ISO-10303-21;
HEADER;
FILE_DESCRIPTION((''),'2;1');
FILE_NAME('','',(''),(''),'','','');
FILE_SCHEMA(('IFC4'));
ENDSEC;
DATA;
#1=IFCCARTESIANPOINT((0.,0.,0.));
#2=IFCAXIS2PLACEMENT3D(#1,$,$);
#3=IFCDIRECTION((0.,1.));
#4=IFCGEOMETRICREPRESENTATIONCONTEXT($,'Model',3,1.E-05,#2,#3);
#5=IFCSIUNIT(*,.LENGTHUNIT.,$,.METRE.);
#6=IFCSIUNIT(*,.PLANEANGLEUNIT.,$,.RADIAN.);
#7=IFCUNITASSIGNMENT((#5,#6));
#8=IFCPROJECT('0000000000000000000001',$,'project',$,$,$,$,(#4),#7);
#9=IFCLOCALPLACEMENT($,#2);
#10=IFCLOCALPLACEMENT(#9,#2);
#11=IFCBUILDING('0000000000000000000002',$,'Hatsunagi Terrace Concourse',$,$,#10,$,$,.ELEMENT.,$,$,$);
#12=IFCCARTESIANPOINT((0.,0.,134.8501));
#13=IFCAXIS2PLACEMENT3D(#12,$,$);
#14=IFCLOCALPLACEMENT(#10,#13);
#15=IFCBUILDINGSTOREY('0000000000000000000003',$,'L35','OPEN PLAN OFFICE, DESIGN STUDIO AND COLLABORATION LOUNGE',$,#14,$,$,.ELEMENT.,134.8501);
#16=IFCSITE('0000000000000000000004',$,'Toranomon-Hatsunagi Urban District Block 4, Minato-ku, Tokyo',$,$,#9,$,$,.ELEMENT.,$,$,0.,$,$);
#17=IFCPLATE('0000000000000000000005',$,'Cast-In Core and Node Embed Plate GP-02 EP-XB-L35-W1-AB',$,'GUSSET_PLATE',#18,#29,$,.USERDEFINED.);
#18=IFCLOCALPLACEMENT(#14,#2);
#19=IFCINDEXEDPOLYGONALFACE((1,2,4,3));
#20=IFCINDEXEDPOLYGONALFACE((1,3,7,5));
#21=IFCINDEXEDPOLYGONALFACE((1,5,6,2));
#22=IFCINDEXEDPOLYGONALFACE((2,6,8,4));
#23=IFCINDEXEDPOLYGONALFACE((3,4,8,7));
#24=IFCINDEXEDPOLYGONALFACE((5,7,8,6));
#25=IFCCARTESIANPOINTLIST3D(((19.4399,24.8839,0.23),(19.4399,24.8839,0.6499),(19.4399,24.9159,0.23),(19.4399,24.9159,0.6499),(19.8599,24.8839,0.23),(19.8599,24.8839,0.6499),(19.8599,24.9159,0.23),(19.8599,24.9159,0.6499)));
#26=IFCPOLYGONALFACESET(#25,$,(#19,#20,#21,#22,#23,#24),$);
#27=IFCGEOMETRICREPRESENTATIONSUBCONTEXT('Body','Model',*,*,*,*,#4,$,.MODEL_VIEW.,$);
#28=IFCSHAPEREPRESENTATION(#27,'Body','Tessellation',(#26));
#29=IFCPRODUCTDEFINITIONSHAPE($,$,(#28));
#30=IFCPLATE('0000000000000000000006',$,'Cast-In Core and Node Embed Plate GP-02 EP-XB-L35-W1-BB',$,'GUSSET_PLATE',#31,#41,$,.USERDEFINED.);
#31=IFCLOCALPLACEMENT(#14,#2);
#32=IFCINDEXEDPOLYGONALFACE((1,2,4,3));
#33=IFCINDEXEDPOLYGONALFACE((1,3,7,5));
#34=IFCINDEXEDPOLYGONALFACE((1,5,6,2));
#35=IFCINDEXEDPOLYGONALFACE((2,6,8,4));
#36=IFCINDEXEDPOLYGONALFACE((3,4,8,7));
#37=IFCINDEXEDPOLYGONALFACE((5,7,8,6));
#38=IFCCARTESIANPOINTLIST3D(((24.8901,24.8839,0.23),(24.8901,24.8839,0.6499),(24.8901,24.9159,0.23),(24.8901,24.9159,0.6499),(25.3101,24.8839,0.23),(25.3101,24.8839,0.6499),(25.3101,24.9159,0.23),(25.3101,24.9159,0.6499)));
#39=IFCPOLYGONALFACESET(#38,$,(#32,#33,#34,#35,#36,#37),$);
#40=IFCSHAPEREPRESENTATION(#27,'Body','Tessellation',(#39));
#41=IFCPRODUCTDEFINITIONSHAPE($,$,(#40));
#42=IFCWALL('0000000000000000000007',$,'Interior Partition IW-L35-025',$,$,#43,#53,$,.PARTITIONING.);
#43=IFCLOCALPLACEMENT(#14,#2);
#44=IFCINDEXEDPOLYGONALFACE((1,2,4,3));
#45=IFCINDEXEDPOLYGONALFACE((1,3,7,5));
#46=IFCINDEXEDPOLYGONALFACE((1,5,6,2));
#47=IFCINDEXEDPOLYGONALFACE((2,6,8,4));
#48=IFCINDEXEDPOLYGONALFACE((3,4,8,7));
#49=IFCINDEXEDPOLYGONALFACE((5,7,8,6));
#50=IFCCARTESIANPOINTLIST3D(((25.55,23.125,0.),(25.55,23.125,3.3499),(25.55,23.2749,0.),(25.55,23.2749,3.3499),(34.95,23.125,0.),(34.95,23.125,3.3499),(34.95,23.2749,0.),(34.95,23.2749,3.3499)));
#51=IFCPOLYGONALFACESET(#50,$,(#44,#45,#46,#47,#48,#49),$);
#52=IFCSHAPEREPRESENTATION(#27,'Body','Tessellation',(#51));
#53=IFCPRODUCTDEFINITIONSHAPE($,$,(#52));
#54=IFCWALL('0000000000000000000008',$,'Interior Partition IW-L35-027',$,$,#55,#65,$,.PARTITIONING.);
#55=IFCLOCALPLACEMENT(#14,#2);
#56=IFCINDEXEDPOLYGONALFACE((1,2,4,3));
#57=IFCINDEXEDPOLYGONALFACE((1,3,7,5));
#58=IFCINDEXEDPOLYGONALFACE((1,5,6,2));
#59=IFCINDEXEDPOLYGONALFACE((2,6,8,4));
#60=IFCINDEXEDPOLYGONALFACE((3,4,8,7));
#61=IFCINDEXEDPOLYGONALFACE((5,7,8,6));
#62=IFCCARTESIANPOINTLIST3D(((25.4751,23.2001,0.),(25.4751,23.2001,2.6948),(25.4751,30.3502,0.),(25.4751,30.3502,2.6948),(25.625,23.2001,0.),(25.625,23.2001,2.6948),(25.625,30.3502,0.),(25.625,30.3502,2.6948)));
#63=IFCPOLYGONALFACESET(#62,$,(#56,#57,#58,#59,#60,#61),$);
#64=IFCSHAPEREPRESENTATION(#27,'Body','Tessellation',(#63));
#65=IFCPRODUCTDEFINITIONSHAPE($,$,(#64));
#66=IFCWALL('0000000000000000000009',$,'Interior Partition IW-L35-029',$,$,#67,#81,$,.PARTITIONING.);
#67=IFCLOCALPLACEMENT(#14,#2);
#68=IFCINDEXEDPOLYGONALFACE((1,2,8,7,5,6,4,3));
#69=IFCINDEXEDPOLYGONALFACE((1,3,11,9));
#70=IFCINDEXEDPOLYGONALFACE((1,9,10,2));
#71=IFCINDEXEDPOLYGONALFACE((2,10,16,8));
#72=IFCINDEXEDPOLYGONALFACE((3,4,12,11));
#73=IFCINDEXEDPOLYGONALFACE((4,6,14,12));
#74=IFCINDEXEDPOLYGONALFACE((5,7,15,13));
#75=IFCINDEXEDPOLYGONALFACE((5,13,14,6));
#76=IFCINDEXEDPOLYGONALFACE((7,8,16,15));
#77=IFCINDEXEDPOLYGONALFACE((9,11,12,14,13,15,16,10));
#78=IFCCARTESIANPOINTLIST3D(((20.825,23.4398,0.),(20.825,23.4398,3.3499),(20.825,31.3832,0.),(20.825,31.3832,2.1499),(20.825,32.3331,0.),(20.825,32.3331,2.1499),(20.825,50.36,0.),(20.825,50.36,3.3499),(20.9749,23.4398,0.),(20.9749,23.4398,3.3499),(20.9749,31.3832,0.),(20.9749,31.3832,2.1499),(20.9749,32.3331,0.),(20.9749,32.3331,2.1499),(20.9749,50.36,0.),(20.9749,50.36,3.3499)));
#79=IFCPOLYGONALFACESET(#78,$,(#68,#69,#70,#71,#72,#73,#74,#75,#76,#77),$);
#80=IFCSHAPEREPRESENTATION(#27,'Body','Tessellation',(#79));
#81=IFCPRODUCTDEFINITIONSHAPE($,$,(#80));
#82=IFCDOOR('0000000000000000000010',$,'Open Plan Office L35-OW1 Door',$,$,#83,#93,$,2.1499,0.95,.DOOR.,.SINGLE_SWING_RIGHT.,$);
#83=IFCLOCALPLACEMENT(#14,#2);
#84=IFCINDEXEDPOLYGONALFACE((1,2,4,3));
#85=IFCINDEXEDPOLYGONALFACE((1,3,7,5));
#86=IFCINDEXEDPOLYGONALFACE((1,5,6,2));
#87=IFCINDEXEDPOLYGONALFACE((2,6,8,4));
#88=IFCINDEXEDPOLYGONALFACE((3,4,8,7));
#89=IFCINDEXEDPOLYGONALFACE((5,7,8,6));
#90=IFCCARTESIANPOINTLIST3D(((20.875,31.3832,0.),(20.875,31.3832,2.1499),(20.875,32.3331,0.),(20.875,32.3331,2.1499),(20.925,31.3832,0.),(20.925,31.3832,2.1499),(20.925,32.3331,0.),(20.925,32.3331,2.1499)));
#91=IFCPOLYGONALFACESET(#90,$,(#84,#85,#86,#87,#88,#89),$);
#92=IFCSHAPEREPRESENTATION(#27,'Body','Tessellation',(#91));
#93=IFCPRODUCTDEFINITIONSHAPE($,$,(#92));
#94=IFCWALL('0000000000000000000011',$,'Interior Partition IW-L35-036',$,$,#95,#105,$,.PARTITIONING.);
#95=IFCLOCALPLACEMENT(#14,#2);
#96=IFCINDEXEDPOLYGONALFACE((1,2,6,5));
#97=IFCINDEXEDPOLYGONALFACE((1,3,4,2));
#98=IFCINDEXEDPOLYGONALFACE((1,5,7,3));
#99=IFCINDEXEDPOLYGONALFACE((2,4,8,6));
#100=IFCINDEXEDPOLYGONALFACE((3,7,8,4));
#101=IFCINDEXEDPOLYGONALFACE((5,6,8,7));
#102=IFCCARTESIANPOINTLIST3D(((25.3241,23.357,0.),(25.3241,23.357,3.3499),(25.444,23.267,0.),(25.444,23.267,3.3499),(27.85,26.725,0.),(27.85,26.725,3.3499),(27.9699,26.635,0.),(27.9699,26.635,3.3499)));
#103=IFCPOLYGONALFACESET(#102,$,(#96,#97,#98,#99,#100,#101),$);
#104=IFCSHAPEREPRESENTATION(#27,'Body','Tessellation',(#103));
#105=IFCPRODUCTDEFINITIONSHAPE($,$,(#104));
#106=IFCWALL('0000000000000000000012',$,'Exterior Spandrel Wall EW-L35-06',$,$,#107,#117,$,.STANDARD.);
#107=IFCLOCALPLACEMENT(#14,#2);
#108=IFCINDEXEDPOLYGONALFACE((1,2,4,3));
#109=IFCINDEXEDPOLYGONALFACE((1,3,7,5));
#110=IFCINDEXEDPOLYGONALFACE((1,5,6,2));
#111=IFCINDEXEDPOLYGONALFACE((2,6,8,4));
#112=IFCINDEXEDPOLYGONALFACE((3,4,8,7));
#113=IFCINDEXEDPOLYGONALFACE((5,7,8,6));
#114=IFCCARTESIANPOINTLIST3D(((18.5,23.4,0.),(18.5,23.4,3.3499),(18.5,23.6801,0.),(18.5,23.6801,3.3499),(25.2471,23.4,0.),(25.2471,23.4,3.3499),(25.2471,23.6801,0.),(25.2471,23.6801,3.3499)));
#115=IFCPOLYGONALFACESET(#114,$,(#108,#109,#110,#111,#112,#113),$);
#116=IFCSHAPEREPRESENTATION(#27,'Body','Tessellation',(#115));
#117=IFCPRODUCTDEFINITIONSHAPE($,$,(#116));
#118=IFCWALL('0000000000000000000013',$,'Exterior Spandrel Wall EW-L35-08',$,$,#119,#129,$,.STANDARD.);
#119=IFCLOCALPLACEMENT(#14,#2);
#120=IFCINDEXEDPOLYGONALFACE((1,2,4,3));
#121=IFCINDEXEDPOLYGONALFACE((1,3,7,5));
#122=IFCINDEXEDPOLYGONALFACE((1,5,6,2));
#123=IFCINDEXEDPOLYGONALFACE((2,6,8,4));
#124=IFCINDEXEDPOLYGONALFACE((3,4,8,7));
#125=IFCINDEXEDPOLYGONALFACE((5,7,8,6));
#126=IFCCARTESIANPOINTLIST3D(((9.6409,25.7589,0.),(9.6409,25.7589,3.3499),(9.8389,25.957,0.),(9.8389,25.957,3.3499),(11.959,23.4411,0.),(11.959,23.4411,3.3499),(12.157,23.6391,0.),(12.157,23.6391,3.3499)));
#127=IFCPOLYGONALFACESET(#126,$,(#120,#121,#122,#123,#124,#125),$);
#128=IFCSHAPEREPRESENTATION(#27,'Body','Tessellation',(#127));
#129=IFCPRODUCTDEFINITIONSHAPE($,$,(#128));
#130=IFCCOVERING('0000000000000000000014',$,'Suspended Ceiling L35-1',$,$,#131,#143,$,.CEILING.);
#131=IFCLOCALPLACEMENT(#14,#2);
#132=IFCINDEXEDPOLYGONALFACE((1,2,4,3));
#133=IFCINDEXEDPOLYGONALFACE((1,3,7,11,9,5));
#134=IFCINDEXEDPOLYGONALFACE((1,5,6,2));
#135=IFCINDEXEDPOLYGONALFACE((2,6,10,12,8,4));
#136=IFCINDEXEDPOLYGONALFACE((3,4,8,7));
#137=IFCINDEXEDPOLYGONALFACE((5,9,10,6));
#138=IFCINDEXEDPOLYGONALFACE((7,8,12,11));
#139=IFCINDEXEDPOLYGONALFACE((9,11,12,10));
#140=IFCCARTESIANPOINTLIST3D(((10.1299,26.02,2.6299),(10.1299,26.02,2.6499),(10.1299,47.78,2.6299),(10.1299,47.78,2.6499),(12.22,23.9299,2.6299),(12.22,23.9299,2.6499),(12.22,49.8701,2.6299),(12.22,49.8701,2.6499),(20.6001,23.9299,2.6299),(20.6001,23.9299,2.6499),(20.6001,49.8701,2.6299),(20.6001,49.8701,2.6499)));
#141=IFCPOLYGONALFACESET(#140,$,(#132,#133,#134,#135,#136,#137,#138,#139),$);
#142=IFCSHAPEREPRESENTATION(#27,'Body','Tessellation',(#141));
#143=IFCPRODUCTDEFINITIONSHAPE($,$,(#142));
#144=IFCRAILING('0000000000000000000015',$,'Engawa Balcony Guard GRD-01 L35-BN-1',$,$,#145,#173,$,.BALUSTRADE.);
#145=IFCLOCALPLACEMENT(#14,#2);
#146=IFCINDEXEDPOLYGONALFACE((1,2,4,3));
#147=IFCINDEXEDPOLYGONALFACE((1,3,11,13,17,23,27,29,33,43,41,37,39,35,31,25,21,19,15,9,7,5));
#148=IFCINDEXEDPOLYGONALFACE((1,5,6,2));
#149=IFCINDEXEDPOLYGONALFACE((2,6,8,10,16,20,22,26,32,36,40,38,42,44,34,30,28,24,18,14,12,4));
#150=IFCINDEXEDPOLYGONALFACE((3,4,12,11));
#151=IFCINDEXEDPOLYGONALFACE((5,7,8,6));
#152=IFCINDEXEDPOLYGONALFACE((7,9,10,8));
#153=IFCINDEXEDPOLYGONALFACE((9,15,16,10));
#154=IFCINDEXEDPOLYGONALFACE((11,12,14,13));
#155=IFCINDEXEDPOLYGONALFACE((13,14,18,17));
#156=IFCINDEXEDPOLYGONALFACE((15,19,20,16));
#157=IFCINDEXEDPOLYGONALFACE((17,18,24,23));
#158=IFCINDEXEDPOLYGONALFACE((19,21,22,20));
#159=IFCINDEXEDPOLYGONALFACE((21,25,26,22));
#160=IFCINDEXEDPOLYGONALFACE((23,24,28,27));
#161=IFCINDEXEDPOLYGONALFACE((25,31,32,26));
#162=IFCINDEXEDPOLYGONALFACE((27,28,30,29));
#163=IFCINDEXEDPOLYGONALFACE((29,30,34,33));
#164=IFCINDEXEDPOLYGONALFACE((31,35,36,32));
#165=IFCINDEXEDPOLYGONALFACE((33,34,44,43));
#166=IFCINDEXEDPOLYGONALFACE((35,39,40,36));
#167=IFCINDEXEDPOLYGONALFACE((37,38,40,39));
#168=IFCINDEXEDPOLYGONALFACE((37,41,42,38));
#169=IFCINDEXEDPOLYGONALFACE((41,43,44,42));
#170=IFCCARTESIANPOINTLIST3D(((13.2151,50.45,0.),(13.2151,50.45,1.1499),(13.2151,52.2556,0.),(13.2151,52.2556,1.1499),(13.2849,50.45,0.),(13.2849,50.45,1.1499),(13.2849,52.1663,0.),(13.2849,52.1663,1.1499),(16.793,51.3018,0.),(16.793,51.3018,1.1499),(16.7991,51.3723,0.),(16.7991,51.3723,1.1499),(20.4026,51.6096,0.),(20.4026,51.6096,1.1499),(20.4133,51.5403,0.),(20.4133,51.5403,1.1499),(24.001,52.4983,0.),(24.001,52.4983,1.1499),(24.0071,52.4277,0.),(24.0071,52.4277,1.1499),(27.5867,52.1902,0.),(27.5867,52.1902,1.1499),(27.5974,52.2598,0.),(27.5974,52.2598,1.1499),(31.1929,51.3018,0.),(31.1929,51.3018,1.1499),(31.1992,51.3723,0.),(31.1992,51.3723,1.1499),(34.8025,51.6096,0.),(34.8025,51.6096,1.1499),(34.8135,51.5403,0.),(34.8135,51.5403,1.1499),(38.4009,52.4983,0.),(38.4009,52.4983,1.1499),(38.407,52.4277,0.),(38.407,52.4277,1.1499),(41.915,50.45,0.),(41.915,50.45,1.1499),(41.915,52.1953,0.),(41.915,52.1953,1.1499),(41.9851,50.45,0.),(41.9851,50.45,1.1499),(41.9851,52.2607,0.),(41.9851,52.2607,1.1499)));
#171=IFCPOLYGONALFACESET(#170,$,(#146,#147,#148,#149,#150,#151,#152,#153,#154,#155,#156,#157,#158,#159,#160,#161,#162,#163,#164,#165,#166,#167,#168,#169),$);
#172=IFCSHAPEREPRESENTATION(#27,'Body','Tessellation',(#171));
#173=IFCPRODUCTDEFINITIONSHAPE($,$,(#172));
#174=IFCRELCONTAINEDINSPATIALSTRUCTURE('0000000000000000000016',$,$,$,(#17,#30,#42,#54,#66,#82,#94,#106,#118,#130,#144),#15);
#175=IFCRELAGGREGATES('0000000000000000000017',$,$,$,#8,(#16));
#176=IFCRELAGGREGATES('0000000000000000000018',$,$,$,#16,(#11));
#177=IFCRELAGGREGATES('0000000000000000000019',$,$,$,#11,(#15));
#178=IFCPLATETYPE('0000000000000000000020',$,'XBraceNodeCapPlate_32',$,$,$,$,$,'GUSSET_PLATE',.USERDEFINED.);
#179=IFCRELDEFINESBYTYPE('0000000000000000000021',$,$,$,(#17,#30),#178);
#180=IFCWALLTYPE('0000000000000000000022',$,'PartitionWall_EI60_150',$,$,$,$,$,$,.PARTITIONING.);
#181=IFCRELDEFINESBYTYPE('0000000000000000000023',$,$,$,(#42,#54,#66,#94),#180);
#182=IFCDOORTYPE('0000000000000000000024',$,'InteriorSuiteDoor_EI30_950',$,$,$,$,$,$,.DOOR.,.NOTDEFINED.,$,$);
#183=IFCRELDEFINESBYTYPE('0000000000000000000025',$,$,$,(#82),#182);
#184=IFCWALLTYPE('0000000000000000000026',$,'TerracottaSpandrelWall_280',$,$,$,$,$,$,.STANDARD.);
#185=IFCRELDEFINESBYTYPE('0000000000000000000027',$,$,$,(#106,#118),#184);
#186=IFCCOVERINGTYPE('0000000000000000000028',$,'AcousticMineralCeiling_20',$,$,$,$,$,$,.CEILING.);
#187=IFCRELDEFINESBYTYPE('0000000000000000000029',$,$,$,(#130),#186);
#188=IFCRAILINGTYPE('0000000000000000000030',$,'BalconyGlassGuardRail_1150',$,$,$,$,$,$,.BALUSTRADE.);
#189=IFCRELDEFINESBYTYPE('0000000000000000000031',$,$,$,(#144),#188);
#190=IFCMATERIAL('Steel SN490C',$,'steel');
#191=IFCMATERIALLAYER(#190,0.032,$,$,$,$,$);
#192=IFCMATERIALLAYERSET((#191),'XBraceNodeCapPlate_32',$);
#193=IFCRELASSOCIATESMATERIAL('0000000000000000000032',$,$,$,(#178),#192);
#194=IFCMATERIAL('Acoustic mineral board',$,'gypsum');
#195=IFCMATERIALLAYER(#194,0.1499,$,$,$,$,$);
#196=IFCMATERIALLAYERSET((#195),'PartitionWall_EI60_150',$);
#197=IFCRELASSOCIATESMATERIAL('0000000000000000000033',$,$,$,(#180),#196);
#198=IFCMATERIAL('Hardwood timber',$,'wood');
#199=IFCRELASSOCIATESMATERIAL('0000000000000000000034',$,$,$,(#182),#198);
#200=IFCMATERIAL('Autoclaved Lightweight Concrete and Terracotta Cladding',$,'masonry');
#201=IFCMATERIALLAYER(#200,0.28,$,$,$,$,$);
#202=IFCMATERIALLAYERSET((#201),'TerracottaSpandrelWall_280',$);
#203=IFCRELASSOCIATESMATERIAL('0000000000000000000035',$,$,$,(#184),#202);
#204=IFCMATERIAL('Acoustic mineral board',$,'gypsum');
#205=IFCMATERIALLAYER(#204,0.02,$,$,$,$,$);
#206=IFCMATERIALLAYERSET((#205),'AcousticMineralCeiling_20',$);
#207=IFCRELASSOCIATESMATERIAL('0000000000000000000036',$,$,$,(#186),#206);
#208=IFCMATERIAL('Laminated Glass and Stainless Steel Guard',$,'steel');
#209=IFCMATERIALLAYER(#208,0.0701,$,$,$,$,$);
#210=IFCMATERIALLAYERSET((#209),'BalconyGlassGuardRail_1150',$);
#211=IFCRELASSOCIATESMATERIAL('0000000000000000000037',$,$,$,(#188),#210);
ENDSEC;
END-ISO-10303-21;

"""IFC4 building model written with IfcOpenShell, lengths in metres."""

from ifc_helpers import new_model, si_unit, direction, frame, frame_2d, origin, origin_2d, place, context, subcontext, project, spatial, polyline, rectangle, outline, extrude, material, layer, layer_set, type_object, element, fill, save


model = new_model("IFC4")

# Units and contexts
model_context = context("Model", 3, precision=1e-05, world=origin(), true_north=direction((0.0, 1.0)))
body_context = subcontext(model_context, "Body", "Model", "MODEL_VIEW")
ifc_project = project(units=[si_unit("LENGTHUNIT", "METRE"), si_unit("PLANEANGLEUNIT", "RADIAN")], contexts=[model_context])

# Site, building, storey
site_placement = place(None, origin())
site = spatial("IfcSite", under=ifc_project, at=site_placement, Name="Toranomon-Hatsunagi Urban District Block 4, Minato-ku, Tokyo", CompositionType="ELEMENT", RefElevation=0.0)
building_placement = place(site_placement, origin())
building = spatial("IfcBuilding", under=site, at=building_placement, Name="Hatsunagi Terrace Concourse", CompositionType="ELEMENT")
storey_placement = place(building_placement, frame((0.0, 0.0, 134.8501)))
storey = spatial("IfcBuildingStorey", under=building, at=storey_placement, Name="L35", Description="OPEN PLAN OFFICE, DESIGN STUDIO AND COLLABORATION LOUNGE", CompositionType="ELEMENT", Elevation=134.8501)

# Plates
ifc_material_1 = material(Name="Steel SN490C", Category="steel")
ifc_layer_1 = layer(ifc_material_1, 0.032)
ifc_layer_set_1 = layer_set([ifc_layer_1], Name="XBraceNodeCapPlate_32")
plate_type_1 = type_object("IfcPlateType", Name="XBraceNodeCapPlate_32", ElementType="GUSSET_PLATE", PredefinedType="USERDEFINED", material=ifc_layer_set_1)
for number, where, z_axis, x_axis, name in (
    (1, (19.6499, 24.8999, 0.23), (0.0, 0.0, 1.0), (1.0, 0.0, 0.0), "Cast-In Core and Node Embed Plate GP-02 EP-XB-L35-W1-AB"),
    (2, (25.1001, 24.8999, 0.23), (0.0, 0.0, 1.0), (1.0, 0.0, 0.0), "Cast-In Core and Node Embed Plate GP-02 EP-XB-L35-W1-BB"),
):
    element("IfcPlate", number, at=place(storey_placement, frame(where, z_axis=z_axis, x_axis=x_axis)), inside=storey, type_object=plate_type_1, Name=name, ObjectType="GUSSET_PLATE", PredefinedType="USERDEFINED", context=body_context, shape_type="SweptSolid", body=[
        extrude(rectangle(XDim=0.4199, YDim=0.032, at=origin_2d()), origin(), (0.0, 0.0, 1.0), 0.4199),
    ])

# Walls
ifc_material_2 = material(Name="Acoustic mineral board", Category="gypsum")
ifc_layer_2 = layer(ifc_material_2, 0.1499)
ifc_layer_set_2 = layer_set([ifc_layer_2], Name="PartitionWall_EI60_150")
wall_type_1 = type_object("IfcWallType", Name="PartitionWall_EI60_150", PredefinedType="PARTITIONING", material=ifc_layer_set_2)
wall_1_placement = place(storey_placement, frame((25.55, 23.2, 0.0), z_axis=(0.0, 0.0, 1.0), x_axis=(1.0, 0.0, 0.0)))
element("IfcWall", 3, at=wall_1_placement, inside=storey, type_object=wall_type_1, Name="Interior Partition IW-L35-025", PredefinedType="PARTITIONING", context=body_context, shape_type="SweptSolid", body=[
    extrude(rectangle(XDim=9.3999, YDim=0.1499, at=frame_2d((4.7, 0.0))), origin(), (0.0, 0.0, 1.0), 3.3499),
])
wall_2_placement = place(storey_placement, frame((25.55, 23.2, 0.0), z_axis=(0.0, 0.0, 1.0), x_axis=(0.0, 1.0, 0.0)))
element("IfcWall", 4, at=wall_2_placement, inside=storey, type_object=wall_type_1, Name="Interior Partition IW-L35-027", PredefinedType="PARTITIONING", context=body_context, shape_type="SweptSolid", body=[
    extrude(rectangle(XDim=7.1501, YDim=0.1499, at=frame_2d((3.5752, 0.0))), origin(), (0.0, 0.0, 1.0), 2.6948),
])

# Wall, opening, door
wall_3_placement = place(storey_placement, frame((20.8999, 23.4399, 0.0), z_axis=(0.0, 0.0, 1.0), x_axis=(0.0, 1.0, 0.0)))
wall_3 = element("IfcWall", 5, at=wall_3_placement, inside=storey, type_object=wall_type_1, Name="Interior Partition IW-L35-029", PredefinedType="PARTITIONING", context=body_context, shape_type="SweptSolid", body=[
    extrude(rectangle(XDim=26.9202, YDim=0.1499, at=frame_2d((13.46, 0.0))), origin(), (0.0, 0.0, 1.0), 3.3499),
])
opening_placement = place(wall_3_placement, frame((7.9431, 0.0, 0.0)))
opening = element("IfcOpeningElement", 6, at=opening_placement, cuts=wall_3, PredefinedType="OPENING", context=body_context, shape_type="SweptSolid", body=[
    extrude(rectangle(XDim=0.95, YDim=2.1499, at=frame_2d((0.4751, 1.075))), frame((0.0, 0.085, 0.0), z_axis=(0.0, -1.0, 0.0), x_axis=(1.0, 0.0, 0.0)), (0.0, 0.0, 1.0), 0.1699),
])
ifc_material_3 = material(Name="Hardwood timber", Category="wood")
door_type = type_object("IfcDoorType", Name="InteriorSuiteDoor_EI30_950", OperationType="NOTDEFINED", PredefinedType="DOOR", material=ifc_material_3)
door_placement = place(opening_placement, origin())
door = element("IfcDoor", 7, at=door_placement, inside=storey, type_object=door_type, Name="Open Plan Office L35-OW1 Door", OperationType="SINGLE_SWING_RIGHT", OverallHeight=2.1499, OverallWidth=0.95, PredefinedType="DOOR", context=body_context, shape_type="SweptSolid", body=[
    extrude(rectangle(XDim=0.95, YDim=2.1499, at=frame_2d((0.4751, 1.075))), frame((0.0, 0.0249, 0.0), z_axis=(0.0, -1.0, 0.0), x_axis=(1.0, 0.0, 0.0)), (0.0, 0.0, 1.0), 0.05),
])
fill(opening, door)

# Walls
wall_4_placement = place(storey_placement, frame((25.384, 23.312, 0.0), z_axis=(0.0, 0.0, 1.0), x_axis=(0.599991, 0.800007, 0.0)))
element("IfcWall", 8, at=wall_4_placement, inside=storey, type_object=wall_type_1, Name="Interior Partition IW-L35-036", PredefinedType="PARTITIONING", context=body_context, shape_type="SweptSolid", body=[
    extrude(rectangle(XDim=4.21, YDim=0.1499, at=frame_2d((2.105, 0.0))), origin(), (0.0, 0.0, 1.0), 3.3499),
])
ifc_material_4 = material(Name="Autoclaved Lightweight Concrete and Terracotta Cladding", Category="masonry")
ifc_layer_3 = layer(ifc_material_4, 0.28)
ifc_layer_set_3 = layer_set([ifc_layer_3], Name="TerracottaSpandrelWall_280")
wall_type_2 = type_object("IfcWallType", Name="TerracottaSpandrelWall_280", PredefinedType="STANDARD", material=ifc_layer_set_3)
wall_5_placement = place(storey_placement, frame((25.2471, 23.54, 0.0), z_axis=(0.0, 0.0, 1.0), x_axis=(-1.0, 0.0, 0.0)))
element("IfcWall", 9, at=wall_5_placement, inside=storey, type_object=wall_type_2, Name="Exterior Spandrel Wall EW-L35-06", PredefinedType="STANDARD", context=body_context, shape_type="SweptSolid", body=[
    extrude(rectangle(XDim=6.7471, YDim=0.28, at=frame_2d((3.3735, 0.0))), origin(), (0.0, 0.0, 1.0), 3.3499),
])
wall_6_placement = place(storey_placement, frame((12.0581, 23.54, 0.0), z_axis=(0.0, 0.0, 1.0), x_axis=(-0.707144, 0.70707, 0.0)))
element("IfcWall", 10, at=wall_6_placement, inside=storey, type_object=wall_type_2, Name="Exterior Spandrel Wall EW-L35-08", PredefinedType="STANDARD", context=body_context, shape_type="SweptSolid", body=[
    extrude(rectangle(XDim=3.2781, YDim=0.28, at=frame_2d((1.6392, 0.0))), origin(), (0.0, 0.0, 1.0), 3.3499),
])

# Covering
ifc_material_5 = material(Name="Acoustic mineral board", Category="gypsum")
ifc_layer_4 = layer(ifc_material_5, 0.02)
ifc_layer_set_4 = layer_set([ifc_layer_4], Name="AcousticMineralCeiling_20")
covering_type_1 = type_object("IfcCoveringType", Name="AcousticMineralCeiling_20", PredefinedType="CEILING", material=ifc_layer_set_4)
covering_1_placement = place(storey_placement, frame((0.0, 0.0, 2.6299)))
element("IfcCovering", 11, at=covering_1_placement, inside=storey, type_object=covering_type_1, Name="Suspended Ceiling L35-1", PredefinedType="CEILING", context=body_context, shape_type="SweptSolid", body=[
    extrude(outline(polyline([(10.1299, 26.02), (12.22, 23.9299), (20.6001, 23.9299), (20.6001, 49.8701), (12.22, 49.8701), (10.1299, 47.78), (10.1299, 26.02)])), origin(), (0.0, 0.0, 1.0), 0.02),
])

# Railing
ifc_material_6 = material(Name="Laminated Glass and Stainless Steel Guard", Category="steel")
ifc_layer_5 = layer(ifc_material_6, 0.0701)
ifc_layer_set_5 = layer_set([ifc_layer_5], Name="BalconyGlassGuardRail_1150")
railing_type = type_object("IfcRailingType", Name="BalconyGlassGuardRail_1150", PredefinedType="BALUSTRADE", material=ifc_layer_set_5)
railing_1_placement = place(storey_placement, origin())
element("IfcRailing", 12, at=railing_1_placement, inside=storey, type_object=railing_type, Name="Engawa Balcony Guard GRD-01 L35-BN-1", PredefinedType="BALUSTRADE", context=body_context, shape_type="SweptSolid", body=[
    extrude(outline(polyline([(13.2151, 50.45), (13.2849, 50.45), (13.2849, 52.1663), (16.793, 51.3018), (20.4133, 51.5403), (24.0071, 52.4277), (27.5867, 52.1902), (31.1929, 51.3018), (34.8135, 51.5403), (38.407, 52.4277), (41.915, 52.1953), (41.915, 50.45), (41.9851, 50.45), (41.9851, 52.2607), (38.4009, 52.4983), (34.8025, 51.6096), (31.1992, 51.3723), (27.5974, 52.2598), (24.001, 52.4983), (20.4026, 51.6096), (16.7991, 51.3723), (13.2151, 52.2556), (13.2151, 50.45)])), origin(), (0.0, 0.0, 1.0), 1.1499),
])

save(model, "model.ifc")
